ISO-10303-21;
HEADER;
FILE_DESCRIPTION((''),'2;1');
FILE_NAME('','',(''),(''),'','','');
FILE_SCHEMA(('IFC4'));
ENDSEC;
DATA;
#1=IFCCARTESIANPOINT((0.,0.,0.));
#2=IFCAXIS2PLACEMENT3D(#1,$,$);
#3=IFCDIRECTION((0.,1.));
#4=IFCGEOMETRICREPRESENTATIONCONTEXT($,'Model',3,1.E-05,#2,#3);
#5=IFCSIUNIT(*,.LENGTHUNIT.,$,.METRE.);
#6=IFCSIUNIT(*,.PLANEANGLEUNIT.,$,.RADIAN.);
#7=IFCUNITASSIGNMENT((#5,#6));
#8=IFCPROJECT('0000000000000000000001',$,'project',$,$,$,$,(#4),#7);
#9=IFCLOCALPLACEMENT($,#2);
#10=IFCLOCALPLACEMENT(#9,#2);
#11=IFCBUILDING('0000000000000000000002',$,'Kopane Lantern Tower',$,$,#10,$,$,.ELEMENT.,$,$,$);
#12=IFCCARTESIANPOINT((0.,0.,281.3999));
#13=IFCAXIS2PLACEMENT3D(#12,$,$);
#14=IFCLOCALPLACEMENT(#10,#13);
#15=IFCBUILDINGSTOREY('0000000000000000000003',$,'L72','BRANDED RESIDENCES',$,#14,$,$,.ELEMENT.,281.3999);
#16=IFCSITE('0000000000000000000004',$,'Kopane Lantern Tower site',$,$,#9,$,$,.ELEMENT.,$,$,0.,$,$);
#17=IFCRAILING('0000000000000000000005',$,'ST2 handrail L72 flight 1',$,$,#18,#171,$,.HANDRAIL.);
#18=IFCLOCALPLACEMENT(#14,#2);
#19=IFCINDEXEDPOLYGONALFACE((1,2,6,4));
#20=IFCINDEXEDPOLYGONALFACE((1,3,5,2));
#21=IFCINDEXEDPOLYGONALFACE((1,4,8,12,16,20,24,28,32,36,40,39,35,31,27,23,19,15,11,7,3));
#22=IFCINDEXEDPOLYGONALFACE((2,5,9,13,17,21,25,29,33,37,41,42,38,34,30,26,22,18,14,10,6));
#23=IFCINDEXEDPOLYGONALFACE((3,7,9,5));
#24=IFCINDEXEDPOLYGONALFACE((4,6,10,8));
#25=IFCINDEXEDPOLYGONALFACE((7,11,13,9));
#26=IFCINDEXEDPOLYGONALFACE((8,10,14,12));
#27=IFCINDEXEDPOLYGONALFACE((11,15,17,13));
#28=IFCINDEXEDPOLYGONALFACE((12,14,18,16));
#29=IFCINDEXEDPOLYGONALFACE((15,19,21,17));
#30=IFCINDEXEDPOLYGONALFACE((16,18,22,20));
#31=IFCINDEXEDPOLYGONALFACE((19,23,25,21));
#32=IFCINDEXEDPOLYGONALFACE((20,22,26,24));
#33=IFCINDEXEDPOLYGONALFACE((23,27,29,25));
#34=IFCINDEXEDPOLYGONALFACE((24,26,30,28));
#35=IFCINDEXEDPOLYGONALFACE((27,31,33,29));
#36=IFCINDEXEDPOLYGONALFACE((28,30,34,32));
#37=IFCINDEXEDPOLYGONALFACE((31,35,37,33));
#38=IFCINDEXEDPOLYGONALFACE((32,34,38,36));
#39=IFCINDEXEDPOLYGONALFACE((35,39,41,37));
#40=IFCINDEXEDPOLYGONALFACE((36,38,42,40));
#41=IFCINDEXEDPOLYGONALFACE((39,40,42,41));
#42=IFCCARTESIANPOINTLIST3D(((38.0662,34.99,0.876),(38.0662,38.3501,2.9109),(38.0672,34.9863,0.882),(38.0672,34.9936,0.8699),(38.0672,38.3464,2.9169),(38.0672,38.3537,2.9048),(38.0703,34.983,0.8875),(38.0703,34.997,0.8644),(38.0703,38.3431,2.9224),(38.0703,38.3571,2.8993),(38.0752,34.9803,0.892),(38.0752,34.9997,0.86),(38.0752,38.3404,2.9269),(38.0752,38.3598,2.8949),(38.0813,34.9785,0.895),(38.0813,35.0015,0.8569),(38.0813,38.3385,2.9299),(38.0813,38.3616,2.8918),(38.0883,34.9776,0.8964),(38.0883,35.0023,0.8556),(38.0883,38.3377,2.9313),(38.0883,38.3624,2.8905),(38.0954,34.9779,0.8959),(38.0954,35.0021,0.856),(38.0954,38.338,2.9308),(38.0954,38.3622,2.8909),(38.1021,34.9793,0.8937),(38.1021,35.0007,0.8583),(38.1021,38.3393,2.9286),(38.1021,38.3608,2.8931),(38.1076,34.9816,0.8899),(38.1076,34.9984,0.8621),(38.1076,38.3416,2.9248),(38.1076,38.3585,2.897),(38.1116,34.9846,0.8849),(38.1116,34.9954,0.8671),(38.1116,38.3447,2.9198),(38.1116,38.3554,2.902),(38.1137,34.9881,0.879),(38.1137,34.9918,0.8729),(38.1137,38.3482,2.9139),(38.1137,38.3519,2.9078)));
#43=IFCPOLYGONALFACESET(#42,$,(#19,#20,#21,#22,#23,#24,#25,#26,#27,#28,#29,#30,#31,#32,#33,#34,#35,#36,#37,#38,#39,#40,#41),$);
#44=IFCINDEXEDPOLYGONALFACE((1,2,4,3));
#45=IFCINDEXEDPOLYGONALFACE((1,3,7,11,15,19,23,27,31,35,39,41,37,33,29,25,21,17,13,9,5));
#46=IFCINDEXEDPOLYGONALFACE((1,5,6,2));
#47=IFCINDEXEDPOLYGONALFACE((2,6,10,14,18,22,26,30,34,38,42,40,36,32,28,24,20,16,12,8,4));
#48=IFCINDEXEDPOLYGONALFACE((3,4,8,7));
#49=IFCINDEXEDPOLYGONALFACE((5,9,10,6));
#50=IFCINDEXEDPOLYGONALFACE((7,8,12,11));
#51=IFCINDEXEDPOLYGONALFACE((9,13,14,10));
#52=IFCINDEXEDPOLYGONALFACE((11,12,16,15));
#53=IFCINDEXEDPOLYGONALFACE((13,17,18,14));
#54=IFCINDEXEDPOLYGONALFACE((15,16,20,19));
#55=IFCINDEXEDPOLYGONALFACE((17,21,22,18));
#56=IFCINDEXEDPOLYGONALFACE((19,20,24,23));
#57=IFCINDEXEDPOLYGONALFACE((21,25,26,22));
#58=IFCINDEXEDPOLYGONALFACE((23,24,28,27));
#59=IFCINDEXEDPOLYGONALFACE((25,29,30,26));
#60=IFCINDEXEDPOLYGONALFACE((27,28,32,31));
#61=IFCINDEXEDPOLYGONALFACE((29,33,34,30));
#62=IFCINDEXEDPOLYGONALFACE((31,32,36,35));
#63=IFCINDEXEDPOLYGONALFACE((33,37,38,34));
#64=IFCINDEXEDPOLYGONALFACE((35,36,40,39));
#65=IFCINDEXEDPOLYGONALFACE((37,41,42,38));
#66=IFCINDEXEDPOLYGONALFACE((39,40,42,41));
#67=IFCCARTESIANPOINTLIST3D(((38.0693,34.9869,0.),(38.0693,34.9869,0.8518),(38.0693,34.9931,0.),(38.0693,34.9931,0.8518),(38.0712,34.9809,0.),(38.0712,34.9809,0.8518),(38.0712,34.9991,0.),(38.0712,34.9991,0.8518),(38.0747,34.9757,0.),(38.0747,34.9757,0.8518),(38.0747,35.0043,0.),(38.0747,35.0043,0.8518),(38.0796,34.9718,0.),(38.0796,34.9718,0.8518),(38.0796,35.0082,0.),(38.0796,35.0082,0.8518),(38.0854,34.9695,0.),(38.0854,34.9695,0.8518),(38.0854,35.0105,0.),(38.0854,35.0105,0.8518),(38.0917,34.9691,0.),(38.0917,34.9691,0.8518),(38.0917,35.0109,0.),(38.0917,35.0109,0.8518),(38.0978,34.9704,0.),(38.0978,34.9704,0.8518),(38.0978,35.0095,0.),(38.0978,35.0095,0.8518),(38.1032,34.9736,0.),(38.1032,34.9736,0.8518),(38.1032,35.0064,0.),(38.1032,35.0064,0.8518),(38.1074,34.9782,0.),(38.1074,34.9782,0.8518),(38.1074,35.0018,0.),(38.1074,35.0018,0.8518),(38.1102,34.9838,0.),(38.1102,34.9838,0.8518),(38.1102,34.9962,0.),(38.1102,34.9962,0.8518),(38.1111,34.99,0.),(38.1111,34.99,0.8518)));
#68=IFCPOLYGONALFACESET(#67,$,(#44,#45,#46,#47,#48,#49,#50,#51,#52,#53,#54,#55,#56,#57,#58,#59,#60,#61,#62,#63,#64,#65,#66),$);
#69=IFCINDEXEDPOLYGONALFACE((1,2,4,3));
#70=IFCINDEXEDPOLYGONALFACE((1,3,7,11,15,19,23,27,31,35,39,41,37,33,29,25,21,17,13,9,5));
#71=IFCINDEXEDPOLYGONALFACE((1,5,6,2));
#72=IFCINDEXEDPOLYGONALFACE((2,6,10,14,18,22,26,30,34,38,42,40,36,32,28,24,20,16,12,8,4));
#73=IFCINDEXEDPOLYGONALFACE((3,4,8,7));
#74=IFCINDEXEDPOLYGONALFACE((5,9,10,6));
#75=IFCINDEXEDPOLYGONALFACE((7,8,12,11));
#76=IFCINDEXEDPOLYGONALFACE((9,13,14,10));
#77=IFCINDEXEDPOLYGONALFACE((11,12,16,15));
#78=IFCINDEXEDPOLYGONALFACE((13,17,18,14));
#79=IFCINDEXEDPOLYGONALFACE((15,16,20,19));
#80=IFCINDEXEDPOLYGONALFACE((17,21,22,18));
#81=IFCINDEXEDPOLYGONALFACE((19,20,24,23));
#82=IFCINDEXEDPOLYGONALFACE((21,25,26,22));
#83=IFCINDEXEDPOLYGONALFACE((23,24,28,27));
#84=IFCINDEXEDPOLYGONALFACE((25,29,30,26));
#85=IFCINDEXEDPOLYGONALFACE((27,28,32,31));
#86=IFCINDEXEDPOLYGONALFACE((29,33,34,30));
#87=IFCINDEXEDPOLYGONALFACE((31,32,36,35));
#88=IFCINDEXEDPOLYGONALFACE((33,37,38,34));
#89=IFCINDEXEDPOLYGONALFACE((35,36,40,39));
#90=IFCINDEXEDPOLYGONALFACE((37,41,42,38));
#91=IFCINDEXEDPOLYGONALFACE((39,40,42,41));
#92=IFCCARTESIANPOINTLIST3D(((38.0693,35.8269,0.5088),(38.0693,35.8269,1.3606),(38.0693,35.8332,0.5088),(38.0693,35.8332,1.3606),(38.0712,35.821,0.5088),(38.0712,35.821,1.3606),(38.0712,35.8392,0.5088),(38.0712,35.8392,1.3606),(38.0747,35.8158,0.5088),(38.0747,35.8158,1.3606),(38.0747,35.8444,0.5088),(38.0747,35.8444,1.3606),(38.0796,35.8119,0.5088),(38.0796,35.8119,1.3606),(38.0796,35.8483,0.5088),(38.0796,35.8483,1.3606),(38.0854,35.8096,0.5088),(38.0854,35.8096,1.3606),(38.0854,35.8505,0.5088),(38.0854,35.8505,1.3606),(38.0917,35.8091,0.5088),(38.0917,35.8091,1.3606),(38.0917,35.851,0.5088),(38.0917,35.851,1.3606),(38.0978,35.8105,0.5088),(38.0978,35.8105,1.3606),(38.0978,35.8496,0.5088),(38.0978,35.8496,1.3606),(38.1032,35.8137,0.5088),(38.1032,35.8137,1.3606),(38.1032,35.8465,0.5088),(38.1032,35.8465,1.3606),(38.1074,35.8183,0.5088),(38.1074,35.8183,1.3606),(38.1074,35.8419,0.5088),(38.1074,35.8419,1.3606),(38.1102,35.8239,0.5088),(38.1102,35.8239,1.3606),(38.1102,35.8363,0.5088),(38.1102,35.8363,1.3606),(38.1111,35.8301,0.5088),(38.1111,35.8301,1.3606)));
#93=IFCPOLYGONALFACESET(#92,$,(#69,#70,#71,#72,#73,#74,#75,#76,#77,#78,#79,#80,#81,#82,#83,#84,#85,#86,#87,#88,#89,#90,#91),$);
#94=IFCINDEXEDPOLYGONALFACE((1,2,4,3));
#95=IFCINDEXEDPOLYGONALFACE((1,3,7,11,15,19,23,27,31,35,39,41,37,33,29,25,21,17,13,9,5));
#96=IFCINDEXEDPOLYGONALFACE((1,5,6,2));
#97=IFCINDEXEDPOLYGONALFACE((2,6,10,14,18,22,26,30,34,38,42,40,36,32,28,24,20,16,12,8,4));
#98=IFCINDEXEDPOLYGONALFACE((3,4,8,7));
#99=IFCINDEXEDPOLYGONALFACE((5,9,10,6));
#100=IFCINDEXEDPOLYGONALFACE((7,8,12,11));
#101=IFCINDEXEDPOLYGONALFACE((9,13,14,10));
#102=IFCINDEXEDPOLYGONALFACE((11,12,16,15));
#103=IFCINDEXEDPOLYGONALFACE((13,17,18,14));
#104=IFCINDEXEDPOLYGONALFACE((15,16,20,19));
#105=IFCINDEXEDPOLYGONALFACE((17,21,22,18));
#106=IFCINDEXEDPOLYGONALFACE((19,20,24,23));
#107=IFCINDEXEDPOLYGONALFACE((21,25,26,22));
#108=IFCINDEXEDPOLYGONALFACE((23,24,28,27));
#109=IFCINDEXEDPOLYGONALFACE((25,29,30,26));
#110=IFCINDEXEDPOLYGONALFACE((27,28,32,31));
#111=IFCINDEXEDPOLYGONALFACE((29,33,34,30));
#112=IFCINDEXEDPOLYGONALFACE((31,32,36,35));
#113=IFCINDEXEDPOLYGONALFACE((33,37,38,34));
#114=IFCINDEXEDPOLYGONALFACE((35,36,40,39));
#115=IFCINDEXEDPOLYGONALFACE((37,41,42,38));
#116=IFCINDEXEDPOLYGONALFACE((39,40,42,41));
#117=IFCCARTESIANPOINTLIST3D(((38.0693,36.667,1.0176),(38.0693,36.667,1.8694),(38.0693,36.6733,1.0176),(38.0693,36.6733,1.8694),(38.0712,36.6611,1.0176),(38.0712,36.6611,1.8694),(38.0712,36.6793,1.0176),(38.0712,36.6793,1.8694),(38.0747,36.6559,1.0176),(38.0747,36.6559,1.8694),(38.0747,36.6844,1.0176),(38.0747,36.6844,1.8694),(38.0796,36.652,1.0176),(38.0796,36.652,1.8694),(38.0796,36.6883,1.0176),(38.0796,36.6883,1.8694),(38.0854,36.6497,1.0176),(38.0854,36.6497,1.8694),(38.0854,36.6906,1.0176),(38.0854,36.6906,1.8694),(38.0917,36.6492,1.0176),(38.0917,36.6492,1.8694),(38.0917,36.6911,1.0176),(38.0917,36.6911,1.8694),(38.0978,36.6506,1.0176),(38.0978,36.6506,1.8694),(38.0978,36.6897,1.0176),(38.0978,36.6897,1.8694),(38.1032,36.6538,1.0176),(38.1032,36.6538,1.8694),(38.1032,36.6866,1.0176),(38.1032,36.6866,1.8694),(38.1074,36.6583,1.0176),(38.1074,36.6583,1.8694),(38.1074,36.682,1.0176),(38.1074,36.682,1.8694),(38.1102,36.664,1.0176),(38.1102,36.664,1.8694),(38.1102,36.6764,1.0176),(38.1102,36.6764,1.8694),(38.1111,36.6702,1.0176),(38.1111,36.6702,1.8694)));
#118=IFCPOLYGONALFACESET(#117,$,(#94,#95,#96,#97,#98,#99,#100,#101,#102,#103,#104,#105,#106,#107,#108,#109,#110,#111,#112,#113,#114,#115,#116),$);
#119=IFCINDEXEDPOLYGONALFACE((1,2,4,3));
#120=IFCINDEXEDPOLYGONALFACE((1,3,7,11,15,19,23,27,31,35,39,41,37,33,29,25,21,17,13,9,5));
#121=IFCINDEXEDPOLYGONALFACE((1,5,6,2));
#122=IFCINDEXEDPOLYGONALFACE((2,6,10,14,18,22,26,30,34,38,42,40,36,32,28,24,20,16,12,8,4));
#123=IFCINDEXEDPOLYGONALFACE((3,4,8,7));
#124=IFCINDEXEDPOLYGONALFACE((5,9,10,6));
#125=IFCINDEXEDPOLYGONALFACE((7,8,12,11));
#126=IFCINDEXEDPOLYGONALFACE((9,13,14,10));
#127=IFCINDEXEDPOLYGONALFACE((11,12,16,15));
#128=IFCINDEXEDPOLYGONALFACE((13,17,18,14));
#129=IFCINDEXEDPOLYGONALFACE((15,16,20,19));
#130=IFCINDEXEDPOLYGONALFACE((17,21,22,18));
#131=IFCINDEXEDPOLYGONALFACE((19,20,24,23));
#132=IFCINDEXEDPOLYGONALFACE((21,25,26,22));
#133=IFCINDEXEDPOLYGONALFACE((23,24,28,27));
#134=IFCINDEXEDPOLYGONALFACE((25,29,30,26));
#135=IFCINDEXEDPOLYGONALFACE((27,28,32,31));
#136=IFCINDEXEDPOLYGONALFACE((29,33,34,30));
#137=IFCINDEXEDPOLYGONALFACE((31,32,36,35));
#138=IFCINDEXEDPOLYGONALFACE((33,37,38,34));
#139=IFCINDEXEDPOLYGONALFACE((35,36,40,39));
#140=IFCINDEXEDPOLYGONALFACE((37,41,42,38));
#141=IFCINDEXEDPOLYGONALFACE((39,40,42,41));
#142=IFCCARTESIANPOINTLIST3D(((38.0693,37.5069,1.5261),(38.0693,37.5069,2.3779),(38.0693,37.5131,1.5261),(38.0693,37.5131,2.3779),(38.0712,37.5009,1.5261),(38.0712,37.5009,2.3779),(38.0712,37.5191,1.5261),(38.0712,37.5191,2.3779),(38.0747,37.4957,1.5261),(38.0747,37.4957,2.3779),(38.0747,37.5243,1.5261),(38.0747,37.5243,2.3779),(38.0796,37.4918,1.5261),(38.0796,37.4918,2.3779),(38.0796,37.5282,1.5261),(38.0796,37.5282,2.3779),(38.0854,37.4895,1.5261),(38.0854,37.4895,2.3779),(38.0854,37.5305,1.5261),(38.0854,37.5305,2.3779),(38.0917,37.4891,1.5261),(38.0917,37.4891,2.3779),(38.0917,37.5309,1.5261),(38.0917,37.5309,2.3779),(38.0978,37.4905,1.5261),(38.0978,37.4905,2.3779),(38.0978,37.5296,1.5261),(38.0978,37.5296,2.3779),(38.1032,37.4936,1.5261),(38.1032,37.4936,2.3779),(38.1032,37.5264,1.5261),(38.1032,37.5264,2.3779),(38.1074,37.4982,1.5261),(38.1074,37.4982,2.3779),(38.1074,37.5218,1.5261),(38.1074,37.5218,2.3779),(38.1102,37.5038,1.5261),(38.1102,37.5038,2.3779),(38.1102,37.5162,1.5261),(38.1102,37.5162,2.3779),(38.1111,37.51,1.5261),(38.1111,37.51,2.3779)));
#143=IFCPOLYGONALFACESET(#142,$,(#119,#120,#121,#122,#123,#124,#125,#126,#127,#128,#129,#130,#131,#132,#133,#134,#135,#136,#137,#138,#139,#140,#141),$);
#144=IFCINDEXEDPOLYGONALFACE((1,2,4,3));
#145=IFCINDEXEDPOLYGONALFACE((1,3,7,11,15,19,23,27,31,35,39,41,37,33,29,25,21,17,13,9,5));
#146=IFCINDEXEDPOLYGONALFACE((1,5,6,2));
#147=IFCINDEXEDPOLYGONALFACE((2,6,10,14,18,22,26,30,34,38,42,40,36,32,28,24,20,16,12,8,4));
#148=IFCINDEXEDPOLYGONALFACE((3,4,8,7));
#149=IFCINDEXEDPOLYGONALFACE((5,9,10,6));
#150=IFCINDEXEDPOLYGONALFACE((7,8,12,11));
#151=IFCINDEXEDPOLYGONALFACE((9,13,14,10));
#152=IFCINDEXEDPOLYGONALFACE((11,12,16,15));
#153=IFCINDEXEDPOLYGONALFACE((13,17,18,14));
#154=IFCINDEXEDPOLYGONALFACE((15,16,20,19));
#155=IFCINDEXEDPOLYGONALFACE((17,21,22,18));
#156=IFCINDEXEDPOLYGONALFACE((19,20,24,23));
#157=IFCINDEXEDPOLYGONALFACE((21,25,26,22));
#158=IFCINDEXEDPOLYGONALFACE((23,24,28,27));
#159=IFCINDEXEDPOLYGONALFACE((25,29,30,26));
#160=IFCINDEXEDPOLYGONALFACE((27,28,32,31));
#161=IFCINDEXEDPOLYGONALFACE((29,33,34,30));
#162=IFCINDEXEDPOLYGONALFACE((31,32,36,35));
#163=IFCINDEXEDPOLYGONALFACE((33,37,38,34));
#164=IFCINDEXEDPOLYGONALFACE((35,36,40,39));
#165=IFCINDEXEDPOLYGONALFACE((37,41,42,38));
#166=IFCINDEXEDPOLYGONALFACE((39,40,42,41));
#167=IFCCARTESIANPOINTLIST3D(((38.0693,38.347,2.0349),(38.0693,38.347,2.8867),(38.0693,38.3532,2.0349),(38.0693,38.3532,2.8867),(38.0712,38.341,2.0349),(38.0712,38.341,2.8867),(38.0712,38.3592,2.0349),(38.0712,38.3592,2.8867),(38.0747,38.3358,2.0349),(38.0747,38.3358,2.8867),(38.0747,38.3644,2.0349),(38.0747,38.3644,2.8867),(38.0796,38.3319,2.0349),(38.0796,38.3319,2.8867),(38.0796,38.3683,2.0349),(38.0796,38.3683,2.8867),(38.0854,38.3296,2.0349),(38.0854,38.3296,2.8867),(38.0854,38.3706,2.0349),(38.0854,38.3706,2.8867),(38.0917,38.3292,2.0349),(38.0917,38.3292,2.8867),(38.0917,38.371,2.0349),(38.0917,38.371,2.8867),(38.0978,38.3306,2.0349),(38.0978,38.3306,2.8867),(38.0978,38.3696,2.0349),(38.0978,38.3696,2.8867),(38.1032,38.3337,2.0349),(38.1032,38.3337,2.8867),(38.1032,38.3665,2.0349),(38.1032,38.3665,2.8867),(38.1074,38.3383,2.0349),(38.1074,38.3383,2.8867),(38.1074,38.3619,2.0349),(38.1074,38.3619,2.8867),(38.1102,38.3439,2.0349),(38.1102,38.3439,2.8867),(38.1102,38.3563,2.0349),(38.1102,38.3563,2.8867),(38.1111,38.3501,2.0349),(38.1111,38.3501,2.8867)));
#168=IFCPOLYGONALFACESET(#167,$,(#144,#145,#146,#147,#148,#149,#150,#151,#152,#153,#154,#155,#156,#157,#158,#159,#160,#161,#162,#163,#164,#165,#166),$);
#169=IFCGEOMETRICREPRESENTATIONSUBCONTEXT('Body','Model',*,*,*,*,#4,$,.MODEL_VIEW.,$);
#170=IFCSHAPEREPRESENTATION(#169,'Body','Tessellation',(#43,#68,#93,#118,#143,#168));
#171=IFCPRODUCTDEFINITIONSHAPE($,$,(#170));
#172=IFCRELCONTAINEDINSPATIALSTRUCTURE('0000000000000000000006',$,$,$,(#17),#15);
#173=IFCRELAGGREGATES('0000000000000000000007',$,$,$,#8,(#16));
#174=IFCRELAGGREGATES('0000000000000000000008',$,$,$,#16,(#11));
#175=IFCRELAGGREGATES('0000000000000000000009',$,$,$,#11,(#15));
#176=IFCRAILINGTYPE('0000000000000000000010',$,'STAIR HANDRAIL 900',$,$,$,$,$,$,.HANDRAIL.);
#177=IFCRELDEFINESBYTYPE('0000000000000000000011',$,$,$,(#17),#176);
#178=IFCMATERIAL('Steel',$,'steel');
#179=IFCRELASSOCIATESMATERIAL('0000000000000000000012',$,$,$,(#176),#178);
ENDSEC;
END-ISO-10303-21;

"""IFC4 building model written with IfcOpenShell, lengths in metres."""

from ifc_helpers import new_model, si_unit, direction, frame, origin, origin_2d, place, context, subcontext, project, spatial, circle, extrude, material, type_object, element, save


model = new_model("IFC4")

# Units and contexts
model_context = context("Model", 3, precision=1e-05, world=origin(), true_north=direction((0.0, 1.0)))
body_context = subcontext(model_context, "Body", "Model", "MODEL_VIEW")
ifc_project = project(units=[si_unit("LENGTHUNIT", "METRE"), si_unit("PLANEANGLEUNIT", "RADIAN")], contexts=[model_context])

# Site, building, storey
site_placement = place(None, origin())
site = spatial("IfcSite", under=ifc_project, at=site_placement, Name="Kopane Lantern Tower site", CompositionType="ELEMENT", RefElevation=0.0)
building_placement = place(site_placement, origin())
building = spatial("IfcBuilding", under=site, at=building_placement, Name="Kopane Lantern Tower", CompositionType="ELEMENT")
storey_placement = place(building_placement, frame((0.0, 0.0, 281.3999)))
storey = spatial("IfcBuildingStorey", under=building, at=storey_placement, Name="L72", Description="BRANDED RESIDENCES", CompositionType="ELEMENT", Elevation=281.3999)

# Railing
ifc_material_1 = material(Name="Steel", Category="steel")
railing_type_1 = type_object("IfcRailingType", Name="STAIR HANDRAIL 900", PredefinedType="HANDRAIL", material=ifc_material_1)
for number, where, name in (
    (1, (38.0901, 34.99, 0.0), "ST2 handrail L72 flight 1"),
):
    element("IfcRailing", number, at=place(storey_placement, frame(where)), inside=storey, type_object=railing_type_1, Name=name, PredefinedType="HANDRAIL", context=body_context, shape_type="SweptSolid", body=[
        extrude(circle(Radius=0.0239, at=origin_2d()), frame((0.0, 0.0, 0.876), z_axis=(0.0, 0.855369, 0.518019), x_axis=(-1.0, 0.0, 0.0)), (0.0, 0.0, 1.0), 3.9282),
        extrude(circle(Radius=0.021, at=origin_2d()), origin(), (0.0, 0.0, 1.0), 0.8518),
        extrude(circle(Radius=0.021, at=origin_2d()), frame((0.0, 0.8401, 0.5088)), (0.0, 0.0, 1.0), 0.8518),
        extrude(circle(Radius=0.021, at=origin_2d()), frame((0.0, 1.6802, 1.0176)), (0.0, 0.0, 1.0), 0.8518),
        extrude(circle(Radius=0.021, at=origin_2d()), frame((0.0, 2.52, 1.5261)), (0.0, 0.0, 1.0), 0.8518),
        extrude(circle(Radius=0.021, at=origin_2d()), frame((0.0, 3.3601, 2.0349)), (0.0, 0.0, 1.0), 0.8518),
    ])

save(model, "model.ifc")
